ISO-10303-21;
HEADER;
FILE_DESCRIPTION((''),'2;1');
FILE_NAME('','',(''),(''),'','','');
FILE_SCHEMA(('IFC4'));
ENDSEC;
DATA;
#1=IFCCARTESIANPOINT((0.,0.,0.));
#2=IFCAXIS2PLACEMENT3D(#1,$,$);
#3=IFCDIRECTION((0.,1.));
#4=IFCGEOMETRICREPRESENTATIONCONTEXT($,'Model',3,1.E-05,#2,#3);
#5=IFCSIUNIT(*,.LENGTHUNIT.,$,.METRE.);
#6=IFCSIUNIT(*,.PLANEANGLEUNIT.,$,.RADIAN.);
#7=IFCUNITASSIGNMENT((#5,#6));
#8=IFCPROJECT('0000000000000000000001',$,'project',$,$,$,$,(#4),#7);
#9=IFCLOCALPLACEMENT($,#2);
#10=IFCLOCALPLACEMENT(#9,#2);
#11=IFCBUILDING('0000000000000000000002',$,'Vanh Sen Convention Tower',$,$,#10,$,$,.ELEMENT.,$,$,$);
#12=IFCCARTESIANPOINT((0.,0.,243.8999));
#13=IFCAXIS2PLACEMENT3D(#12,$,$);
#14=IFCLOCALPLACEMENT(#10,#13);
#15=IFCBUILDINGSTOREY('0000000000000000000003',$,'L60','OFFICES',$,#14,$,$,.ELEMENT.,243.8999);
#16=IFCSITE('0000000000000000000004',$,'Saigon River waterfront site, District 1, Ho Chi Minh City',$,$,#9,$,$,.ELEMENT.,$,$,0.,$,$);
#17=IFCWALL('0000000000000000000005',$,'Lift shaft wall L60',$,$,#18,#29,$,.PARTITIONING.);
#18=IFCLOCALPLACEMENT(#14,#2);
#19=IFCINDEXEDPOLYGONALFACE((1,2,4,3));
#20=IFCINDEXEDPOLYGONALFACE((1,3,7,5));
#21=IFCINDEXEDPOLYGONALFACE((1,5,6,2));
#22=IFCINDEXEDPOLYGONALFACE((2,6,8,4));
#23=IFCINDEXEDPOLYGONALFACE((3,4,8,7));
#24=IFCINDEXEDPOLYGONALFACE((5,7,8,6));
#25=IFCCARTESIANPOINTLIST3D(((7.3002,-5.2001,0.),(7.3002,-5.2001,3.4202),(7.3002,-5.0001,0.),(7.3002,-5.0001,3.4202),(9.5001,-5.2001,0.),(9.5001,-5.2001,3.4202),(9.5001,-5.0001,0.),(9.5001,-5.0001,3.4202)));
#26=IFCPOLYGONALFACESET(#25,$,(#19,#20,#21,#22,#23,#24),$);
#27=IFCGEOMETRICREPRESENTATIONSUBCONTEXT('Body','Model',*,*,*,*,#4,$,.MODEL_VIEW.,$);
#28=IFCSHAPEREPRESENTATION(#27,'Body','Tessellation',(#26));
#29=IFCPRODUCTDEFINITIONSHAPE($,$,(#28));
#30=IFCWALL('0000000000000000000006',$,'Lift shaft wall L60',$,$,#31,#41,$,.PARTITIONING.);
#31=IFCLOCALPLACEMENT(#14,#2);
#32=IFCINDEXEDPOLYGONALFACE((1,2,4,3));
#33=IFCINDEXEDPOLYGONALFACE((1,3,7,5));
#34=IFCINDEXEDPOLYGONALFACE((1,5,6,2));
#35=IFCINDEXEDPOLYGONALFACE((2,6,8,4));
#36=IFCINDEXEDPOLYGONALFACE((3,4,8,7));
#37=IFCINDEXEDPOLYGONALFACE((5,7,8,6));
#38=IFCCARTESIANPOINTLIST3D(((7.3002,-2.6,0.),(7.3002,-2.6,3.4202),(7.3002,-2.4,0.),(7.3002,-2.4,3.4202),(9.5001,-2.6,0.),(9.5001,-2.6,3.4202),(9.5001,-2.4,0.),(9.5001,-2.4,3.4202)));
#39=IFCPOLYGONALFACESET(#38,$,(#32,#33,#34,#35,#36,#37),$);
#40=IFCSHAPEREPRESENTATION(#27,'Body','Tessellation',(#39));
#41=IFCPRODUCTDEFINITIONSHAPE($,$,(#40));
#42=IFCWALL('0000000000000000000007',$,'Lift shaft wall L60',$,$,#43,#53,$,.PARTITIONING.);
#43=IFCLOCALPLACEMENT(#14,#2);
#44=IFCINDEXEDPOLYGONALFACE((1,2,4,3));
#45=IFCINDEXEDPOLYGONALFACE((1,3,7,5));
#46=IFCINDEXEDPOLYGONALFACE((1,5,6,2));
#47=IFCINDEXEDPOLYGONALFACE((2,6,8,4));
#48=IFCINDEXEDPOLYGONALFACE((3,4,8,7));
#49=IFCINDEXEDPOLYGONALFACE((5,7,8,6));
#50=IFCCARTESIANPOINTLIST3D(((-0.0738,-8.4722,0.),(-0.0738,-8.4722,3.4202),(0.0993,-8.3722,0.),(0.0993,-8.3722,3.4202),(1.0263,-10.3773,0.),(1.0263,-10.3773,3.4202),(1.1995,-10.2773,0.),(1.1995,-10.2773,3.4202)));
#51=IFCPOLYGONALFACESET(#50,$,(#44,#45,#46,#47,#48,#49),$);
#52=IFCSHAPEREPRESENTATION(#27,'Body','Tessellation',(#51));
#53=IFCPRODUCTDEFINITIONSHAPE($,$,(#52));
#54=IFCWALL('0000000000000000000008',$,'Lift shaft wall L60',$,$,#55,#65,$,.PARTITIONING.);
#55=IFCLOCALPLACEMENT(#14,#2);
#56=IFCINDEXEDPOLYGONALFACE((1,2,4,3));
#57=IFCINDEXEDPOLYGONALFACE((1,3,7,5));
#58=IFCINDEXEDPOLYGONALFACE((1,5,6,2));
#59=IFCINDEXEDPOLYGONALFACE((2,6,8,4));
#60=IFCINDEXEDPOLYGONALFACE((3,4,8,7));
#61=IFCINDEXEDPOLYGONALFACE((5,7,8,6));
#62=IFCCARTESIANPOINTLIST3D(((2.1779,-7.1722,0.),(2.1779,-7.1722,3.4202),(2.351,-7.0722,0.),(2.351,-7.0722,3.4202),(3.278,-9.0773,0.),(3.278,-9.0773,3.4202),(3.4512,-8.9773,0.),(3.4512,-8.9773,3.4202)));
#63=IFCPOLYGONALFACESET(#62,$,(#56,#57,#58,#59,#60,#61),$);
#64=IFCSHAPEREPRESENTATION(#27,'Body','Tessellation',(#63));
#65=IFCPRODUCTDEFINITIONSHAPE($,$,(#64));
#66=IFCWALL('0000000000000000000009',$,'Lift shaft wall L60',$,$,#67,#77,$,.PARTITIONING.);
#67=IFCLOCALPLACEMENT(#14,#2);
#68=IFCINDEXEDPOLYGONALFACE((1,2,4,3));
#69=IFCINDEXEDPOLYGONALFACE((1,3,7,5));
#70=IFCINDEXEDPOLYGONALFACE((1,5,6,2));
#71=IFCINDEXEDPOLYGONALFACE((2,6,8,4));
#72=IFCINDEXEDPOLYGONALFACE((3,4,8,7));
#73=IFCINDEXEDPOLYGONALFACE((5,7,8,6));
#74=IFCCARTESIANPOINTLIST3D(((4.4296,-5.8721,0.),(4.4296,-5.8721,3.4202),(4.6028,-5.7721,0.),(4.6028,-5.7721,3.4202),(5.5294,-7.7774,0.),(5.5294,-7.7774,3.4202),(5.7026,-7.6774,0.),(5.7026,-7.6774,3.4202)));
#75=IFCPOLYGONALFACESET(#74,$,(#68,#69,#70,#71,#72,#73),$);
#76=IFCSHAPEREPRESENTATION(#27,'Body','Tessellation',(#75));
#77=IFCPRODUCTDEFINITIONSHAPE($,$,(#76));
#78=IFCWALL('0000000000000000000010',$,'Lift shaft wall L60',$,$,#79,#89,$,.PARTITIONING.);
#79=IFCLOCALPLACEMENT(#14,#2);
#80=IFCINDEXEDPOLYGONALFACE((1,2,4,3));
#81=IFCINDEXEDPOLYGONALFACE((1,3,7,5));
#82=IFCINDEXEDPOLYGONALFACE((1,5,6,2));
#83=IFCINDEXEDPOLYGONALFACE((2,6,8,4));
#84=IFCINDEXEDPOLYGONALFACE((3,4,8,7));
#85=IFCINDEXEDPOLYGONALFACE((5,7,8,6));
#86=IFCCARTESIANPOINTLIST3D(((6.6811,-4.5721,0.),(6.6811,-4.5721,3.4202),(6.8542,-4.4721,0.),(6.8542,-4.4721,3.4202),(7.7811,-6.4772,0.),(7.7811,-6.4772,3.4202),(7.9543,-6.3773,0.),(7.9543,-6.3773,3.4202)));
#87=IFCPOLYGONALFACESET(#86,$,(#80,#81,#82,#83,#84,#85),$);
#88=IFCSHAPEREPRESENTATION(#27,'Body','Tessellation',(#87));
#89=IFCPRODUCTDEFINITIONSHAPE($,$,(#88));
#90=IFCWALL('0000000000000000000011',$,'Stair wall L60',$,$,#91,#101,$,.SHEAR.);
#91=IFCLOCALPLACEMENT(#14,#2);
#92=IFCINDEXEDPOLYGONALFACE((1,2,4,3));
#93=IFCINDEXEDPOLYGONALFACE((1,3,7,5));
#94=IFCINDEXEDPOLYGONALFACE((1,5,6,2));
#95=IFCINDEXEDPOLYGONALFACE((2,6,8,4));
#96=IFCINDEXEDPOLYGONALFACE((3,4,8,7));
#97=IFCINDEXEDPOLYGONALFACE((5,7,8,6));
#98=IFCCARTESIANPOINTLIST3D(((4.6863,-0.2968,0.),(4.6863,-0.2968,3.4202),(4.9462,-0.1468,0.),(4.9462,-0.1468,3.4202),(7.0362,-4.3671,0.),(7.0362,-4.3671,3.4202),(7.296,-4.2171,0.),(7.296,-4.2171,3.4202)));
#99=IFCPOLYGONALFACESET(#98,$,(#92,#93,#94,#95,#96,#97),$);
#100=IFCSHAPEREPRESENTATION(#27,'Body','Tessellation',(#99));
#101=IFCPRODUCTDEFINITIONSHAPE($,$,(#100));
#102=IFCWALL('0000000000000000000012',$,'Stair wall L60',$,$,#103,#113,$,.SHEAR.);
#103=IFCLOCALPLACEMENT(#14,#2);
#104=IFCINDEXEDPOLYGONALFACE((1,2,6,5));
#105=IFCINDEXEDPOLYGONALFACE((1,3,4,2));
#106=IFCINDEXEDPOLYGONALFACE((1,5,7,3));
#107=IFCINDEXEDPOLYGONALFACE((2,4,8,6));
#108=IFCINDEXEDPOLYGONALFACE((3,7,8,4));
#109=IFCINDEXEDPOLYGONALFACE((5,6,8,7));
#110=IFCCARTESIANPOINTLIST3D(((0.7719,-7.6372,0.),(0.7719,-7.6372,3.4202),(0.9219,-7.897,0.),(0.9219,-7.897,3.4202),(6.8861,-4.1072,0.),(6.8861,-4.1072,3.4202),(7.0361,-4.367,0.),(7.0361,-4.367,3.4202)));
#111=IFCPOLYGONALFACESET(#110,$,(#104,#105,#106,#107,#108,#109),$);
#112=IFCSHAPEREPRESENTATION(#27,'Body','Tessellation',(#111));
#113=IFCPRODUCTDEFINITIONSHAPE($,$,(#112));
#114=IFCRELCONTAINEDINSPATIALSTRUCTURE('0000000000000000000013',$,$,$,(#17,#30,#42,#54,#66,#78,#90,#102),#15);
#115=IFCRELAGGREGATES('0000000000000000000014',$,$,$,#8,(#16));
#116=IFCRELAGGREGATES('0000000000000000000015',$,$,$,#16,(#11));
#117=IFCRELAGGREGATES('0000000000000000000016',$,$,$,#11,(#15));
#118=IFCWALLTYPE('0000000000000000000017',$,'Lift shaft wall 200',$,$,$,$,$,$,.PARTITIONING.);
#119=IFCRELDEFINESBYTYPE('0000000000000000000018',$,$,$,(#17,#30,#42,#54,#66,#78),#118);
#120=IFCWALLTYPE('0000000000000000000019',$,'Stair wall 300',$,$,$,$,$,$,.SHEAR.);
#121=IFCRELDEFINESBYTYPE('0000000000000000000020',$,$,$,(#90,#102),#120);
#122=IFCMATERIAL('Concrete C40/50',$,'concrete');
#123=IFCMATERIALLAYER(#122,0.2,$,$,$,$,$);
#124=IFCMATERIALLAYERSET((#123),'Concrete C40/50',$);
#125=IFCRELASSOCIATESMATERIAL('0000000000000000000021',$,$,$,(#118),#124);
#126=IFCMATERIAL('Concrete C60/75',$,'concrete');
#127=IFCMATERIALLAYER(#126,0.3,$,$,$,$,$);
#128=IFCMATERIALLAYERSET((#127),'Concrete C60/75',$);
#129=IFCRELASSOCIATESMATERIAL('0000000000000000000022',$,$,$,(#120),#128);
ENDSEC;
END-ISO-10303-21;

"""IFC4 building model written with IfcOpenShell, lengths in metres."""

from ifc_helpers import new_model, si_unit, direction, frame, frame_2d, origin, place, context, subcontext, project, spatial, rectangle, extrude, material, layer, layer_set, type_object, element, save


model = new_model("IFC4")

# Units and contexts
model_context = context("Model", 3, precision=1e-05, world=origin(), true_north=direction((0.0, 1.0)))
body_context = subcontext(model_context, "Body", "Model", "MODEL_VIEW")
ifc_project = project(units=[si_unit("LENGTHUNIT", "METRE"), si_unit("PLANEANGLEUNIT", "RADIAN")], contexts=[model_context])

# Site, building, storey
site_placement = place(None, origin())
site = spatial("IfcSite", under=ifc_project, at=site_placement, Name="Saigon River waterfront site, District 1, Ho Chi Minh City", CompositionType="ELEMENT", RefElevation=0.0)
building_placement = place(site_placement, origin())
building = spatial("IfcBuilding", under=site, at=building_placement, Name="Vanh Sen Convention Tower", CompositionType="ELEMENT")
storey_placement = place(building_placement, frame((0.0, 0.0, 243.8999)))
storey = spatial("IfcBuildingStorey", under=building, at=storey_placement, Name="L60", Description="OFFICES", CompositionType="ELEMENT", Elevation=243.8999)

# Shared definitions
ifc_material_1 = material(Name="Concrete C40/50", Category="concrete")

# Shared definitions
ifc_material_2 = material(Name="Concrete C60/75", Category="concrete")

# Walls
ifc_layer_1 = layer(ifc_material_1, 0.2)
ifc_layer_set_1 = layer_set([ifc_layer_1], Name="Concrete C40/50")
wall_type_1 = type_object("IfcWallType", Name="Lift shaft wall 200", PredefinedType="PARTITIONING", material=ifc_layer_set_1)
for number, where, z_axis, x_axis, name in (
    (1, (7.3, -5.1001, 0.0), (0.0, 0.0, 1.0), (1.0, 0.0, 0.0), "Lift shaft wall L60"),
    (2, (7.3, -2.5, 0.0), (0.0, 0.0, 1.0), (1.0, 0.0, 0.0), "Lift shaft wall L60"),
    (3, (0.0127, -8.4221, 0.0), (0.0, 0.0, 1.0), (0.500078, -0.86598, 0.0), "Lift shaft wall L60"),
    (4, (2.2644, -7.1221, 0.0), (0.0, 0.0, 1.0), (0.500078, -0.86598, 0.0), "Lift shaft wall L60"),
    (5, (4.5161, -5.822, 0.0), (0.0, 0.0, 1.0), (0.499947, -0.866056, 0.0), "Lift shaft wall L60"),
    (6, (6.7676, -4.522, 0.0), (0.0, 0.0, 1.0), (0.50003, -0.866008, 0.0), "Lift shaft wall L60"),
):
    element("IfcWall", number, at=place(storey_placement, frame(where, z_axis=z_axis, x_axis=x_axis)), inside=storey, type_object=wall_type_1, Name=name, PredefinedType="PARTITIONING", context=body_context, shape_type="SweptSolid", body=[
        extrude(rectangle(XDim=2.2, YDim=0.2, at=frame_2d((1.1001, 0.0))), origin(), (0.0, 0.0, 1.0), 3.4202),
    ])
ifc_layer_2 = layer(ifc_material_2, 0.3)
ifc_layer_set_2 = layer_set([ifc_layer_2], Name="Concrete C60/75")
wall_type_2 = type_object("IfcWallType", Name="Stair wall 300", PredefinedType="SHEAR", material=ifc_layer_set_2)
wall_1_placement = place(storey_placement, frame((4.8162, -0.2217, 0.0), z_axis=(0.0, 0.0, 1.0), x_axis=(0.499977, -0.866039, 0.0)))
element("IfcWall", 7, at=wall_1_placement, inside=storey, type_object=wall_type_2, Name="Stair wall L60", PredefinedType="SHEAR", context=body_context, shape_type="SweptSolid", body=[
    extrude(rectangle(XDim=4.7, YDim=0.3, at=frame_2d((2.3501, 0.0))), origin(), (0.0, 0.0, 1.0), 3.4202),
])
wall_2_placement = place(storey_placement, frame((0.8469, -7.7671, 0.0), z_axis=(0.0, 0.0, 1.0), x_axis=(0.866028, 0.499996, 0.0)))
element("IfcWall", 8, at=wall_2_placement, inside=storey, type_object=wall_type_2, Name="Stair wall L60", PredefinedType="SHEAR", context=body_context, shape_type="SweptSolid", body=[
    extrude(rectangle(XDim=7.0601, YDim=0.3, at=frame_2d((3.53, 0.0))), origin(), (0.0, 0.0, 1.0), 3.4202),
])

save(model, "model.ifc")
